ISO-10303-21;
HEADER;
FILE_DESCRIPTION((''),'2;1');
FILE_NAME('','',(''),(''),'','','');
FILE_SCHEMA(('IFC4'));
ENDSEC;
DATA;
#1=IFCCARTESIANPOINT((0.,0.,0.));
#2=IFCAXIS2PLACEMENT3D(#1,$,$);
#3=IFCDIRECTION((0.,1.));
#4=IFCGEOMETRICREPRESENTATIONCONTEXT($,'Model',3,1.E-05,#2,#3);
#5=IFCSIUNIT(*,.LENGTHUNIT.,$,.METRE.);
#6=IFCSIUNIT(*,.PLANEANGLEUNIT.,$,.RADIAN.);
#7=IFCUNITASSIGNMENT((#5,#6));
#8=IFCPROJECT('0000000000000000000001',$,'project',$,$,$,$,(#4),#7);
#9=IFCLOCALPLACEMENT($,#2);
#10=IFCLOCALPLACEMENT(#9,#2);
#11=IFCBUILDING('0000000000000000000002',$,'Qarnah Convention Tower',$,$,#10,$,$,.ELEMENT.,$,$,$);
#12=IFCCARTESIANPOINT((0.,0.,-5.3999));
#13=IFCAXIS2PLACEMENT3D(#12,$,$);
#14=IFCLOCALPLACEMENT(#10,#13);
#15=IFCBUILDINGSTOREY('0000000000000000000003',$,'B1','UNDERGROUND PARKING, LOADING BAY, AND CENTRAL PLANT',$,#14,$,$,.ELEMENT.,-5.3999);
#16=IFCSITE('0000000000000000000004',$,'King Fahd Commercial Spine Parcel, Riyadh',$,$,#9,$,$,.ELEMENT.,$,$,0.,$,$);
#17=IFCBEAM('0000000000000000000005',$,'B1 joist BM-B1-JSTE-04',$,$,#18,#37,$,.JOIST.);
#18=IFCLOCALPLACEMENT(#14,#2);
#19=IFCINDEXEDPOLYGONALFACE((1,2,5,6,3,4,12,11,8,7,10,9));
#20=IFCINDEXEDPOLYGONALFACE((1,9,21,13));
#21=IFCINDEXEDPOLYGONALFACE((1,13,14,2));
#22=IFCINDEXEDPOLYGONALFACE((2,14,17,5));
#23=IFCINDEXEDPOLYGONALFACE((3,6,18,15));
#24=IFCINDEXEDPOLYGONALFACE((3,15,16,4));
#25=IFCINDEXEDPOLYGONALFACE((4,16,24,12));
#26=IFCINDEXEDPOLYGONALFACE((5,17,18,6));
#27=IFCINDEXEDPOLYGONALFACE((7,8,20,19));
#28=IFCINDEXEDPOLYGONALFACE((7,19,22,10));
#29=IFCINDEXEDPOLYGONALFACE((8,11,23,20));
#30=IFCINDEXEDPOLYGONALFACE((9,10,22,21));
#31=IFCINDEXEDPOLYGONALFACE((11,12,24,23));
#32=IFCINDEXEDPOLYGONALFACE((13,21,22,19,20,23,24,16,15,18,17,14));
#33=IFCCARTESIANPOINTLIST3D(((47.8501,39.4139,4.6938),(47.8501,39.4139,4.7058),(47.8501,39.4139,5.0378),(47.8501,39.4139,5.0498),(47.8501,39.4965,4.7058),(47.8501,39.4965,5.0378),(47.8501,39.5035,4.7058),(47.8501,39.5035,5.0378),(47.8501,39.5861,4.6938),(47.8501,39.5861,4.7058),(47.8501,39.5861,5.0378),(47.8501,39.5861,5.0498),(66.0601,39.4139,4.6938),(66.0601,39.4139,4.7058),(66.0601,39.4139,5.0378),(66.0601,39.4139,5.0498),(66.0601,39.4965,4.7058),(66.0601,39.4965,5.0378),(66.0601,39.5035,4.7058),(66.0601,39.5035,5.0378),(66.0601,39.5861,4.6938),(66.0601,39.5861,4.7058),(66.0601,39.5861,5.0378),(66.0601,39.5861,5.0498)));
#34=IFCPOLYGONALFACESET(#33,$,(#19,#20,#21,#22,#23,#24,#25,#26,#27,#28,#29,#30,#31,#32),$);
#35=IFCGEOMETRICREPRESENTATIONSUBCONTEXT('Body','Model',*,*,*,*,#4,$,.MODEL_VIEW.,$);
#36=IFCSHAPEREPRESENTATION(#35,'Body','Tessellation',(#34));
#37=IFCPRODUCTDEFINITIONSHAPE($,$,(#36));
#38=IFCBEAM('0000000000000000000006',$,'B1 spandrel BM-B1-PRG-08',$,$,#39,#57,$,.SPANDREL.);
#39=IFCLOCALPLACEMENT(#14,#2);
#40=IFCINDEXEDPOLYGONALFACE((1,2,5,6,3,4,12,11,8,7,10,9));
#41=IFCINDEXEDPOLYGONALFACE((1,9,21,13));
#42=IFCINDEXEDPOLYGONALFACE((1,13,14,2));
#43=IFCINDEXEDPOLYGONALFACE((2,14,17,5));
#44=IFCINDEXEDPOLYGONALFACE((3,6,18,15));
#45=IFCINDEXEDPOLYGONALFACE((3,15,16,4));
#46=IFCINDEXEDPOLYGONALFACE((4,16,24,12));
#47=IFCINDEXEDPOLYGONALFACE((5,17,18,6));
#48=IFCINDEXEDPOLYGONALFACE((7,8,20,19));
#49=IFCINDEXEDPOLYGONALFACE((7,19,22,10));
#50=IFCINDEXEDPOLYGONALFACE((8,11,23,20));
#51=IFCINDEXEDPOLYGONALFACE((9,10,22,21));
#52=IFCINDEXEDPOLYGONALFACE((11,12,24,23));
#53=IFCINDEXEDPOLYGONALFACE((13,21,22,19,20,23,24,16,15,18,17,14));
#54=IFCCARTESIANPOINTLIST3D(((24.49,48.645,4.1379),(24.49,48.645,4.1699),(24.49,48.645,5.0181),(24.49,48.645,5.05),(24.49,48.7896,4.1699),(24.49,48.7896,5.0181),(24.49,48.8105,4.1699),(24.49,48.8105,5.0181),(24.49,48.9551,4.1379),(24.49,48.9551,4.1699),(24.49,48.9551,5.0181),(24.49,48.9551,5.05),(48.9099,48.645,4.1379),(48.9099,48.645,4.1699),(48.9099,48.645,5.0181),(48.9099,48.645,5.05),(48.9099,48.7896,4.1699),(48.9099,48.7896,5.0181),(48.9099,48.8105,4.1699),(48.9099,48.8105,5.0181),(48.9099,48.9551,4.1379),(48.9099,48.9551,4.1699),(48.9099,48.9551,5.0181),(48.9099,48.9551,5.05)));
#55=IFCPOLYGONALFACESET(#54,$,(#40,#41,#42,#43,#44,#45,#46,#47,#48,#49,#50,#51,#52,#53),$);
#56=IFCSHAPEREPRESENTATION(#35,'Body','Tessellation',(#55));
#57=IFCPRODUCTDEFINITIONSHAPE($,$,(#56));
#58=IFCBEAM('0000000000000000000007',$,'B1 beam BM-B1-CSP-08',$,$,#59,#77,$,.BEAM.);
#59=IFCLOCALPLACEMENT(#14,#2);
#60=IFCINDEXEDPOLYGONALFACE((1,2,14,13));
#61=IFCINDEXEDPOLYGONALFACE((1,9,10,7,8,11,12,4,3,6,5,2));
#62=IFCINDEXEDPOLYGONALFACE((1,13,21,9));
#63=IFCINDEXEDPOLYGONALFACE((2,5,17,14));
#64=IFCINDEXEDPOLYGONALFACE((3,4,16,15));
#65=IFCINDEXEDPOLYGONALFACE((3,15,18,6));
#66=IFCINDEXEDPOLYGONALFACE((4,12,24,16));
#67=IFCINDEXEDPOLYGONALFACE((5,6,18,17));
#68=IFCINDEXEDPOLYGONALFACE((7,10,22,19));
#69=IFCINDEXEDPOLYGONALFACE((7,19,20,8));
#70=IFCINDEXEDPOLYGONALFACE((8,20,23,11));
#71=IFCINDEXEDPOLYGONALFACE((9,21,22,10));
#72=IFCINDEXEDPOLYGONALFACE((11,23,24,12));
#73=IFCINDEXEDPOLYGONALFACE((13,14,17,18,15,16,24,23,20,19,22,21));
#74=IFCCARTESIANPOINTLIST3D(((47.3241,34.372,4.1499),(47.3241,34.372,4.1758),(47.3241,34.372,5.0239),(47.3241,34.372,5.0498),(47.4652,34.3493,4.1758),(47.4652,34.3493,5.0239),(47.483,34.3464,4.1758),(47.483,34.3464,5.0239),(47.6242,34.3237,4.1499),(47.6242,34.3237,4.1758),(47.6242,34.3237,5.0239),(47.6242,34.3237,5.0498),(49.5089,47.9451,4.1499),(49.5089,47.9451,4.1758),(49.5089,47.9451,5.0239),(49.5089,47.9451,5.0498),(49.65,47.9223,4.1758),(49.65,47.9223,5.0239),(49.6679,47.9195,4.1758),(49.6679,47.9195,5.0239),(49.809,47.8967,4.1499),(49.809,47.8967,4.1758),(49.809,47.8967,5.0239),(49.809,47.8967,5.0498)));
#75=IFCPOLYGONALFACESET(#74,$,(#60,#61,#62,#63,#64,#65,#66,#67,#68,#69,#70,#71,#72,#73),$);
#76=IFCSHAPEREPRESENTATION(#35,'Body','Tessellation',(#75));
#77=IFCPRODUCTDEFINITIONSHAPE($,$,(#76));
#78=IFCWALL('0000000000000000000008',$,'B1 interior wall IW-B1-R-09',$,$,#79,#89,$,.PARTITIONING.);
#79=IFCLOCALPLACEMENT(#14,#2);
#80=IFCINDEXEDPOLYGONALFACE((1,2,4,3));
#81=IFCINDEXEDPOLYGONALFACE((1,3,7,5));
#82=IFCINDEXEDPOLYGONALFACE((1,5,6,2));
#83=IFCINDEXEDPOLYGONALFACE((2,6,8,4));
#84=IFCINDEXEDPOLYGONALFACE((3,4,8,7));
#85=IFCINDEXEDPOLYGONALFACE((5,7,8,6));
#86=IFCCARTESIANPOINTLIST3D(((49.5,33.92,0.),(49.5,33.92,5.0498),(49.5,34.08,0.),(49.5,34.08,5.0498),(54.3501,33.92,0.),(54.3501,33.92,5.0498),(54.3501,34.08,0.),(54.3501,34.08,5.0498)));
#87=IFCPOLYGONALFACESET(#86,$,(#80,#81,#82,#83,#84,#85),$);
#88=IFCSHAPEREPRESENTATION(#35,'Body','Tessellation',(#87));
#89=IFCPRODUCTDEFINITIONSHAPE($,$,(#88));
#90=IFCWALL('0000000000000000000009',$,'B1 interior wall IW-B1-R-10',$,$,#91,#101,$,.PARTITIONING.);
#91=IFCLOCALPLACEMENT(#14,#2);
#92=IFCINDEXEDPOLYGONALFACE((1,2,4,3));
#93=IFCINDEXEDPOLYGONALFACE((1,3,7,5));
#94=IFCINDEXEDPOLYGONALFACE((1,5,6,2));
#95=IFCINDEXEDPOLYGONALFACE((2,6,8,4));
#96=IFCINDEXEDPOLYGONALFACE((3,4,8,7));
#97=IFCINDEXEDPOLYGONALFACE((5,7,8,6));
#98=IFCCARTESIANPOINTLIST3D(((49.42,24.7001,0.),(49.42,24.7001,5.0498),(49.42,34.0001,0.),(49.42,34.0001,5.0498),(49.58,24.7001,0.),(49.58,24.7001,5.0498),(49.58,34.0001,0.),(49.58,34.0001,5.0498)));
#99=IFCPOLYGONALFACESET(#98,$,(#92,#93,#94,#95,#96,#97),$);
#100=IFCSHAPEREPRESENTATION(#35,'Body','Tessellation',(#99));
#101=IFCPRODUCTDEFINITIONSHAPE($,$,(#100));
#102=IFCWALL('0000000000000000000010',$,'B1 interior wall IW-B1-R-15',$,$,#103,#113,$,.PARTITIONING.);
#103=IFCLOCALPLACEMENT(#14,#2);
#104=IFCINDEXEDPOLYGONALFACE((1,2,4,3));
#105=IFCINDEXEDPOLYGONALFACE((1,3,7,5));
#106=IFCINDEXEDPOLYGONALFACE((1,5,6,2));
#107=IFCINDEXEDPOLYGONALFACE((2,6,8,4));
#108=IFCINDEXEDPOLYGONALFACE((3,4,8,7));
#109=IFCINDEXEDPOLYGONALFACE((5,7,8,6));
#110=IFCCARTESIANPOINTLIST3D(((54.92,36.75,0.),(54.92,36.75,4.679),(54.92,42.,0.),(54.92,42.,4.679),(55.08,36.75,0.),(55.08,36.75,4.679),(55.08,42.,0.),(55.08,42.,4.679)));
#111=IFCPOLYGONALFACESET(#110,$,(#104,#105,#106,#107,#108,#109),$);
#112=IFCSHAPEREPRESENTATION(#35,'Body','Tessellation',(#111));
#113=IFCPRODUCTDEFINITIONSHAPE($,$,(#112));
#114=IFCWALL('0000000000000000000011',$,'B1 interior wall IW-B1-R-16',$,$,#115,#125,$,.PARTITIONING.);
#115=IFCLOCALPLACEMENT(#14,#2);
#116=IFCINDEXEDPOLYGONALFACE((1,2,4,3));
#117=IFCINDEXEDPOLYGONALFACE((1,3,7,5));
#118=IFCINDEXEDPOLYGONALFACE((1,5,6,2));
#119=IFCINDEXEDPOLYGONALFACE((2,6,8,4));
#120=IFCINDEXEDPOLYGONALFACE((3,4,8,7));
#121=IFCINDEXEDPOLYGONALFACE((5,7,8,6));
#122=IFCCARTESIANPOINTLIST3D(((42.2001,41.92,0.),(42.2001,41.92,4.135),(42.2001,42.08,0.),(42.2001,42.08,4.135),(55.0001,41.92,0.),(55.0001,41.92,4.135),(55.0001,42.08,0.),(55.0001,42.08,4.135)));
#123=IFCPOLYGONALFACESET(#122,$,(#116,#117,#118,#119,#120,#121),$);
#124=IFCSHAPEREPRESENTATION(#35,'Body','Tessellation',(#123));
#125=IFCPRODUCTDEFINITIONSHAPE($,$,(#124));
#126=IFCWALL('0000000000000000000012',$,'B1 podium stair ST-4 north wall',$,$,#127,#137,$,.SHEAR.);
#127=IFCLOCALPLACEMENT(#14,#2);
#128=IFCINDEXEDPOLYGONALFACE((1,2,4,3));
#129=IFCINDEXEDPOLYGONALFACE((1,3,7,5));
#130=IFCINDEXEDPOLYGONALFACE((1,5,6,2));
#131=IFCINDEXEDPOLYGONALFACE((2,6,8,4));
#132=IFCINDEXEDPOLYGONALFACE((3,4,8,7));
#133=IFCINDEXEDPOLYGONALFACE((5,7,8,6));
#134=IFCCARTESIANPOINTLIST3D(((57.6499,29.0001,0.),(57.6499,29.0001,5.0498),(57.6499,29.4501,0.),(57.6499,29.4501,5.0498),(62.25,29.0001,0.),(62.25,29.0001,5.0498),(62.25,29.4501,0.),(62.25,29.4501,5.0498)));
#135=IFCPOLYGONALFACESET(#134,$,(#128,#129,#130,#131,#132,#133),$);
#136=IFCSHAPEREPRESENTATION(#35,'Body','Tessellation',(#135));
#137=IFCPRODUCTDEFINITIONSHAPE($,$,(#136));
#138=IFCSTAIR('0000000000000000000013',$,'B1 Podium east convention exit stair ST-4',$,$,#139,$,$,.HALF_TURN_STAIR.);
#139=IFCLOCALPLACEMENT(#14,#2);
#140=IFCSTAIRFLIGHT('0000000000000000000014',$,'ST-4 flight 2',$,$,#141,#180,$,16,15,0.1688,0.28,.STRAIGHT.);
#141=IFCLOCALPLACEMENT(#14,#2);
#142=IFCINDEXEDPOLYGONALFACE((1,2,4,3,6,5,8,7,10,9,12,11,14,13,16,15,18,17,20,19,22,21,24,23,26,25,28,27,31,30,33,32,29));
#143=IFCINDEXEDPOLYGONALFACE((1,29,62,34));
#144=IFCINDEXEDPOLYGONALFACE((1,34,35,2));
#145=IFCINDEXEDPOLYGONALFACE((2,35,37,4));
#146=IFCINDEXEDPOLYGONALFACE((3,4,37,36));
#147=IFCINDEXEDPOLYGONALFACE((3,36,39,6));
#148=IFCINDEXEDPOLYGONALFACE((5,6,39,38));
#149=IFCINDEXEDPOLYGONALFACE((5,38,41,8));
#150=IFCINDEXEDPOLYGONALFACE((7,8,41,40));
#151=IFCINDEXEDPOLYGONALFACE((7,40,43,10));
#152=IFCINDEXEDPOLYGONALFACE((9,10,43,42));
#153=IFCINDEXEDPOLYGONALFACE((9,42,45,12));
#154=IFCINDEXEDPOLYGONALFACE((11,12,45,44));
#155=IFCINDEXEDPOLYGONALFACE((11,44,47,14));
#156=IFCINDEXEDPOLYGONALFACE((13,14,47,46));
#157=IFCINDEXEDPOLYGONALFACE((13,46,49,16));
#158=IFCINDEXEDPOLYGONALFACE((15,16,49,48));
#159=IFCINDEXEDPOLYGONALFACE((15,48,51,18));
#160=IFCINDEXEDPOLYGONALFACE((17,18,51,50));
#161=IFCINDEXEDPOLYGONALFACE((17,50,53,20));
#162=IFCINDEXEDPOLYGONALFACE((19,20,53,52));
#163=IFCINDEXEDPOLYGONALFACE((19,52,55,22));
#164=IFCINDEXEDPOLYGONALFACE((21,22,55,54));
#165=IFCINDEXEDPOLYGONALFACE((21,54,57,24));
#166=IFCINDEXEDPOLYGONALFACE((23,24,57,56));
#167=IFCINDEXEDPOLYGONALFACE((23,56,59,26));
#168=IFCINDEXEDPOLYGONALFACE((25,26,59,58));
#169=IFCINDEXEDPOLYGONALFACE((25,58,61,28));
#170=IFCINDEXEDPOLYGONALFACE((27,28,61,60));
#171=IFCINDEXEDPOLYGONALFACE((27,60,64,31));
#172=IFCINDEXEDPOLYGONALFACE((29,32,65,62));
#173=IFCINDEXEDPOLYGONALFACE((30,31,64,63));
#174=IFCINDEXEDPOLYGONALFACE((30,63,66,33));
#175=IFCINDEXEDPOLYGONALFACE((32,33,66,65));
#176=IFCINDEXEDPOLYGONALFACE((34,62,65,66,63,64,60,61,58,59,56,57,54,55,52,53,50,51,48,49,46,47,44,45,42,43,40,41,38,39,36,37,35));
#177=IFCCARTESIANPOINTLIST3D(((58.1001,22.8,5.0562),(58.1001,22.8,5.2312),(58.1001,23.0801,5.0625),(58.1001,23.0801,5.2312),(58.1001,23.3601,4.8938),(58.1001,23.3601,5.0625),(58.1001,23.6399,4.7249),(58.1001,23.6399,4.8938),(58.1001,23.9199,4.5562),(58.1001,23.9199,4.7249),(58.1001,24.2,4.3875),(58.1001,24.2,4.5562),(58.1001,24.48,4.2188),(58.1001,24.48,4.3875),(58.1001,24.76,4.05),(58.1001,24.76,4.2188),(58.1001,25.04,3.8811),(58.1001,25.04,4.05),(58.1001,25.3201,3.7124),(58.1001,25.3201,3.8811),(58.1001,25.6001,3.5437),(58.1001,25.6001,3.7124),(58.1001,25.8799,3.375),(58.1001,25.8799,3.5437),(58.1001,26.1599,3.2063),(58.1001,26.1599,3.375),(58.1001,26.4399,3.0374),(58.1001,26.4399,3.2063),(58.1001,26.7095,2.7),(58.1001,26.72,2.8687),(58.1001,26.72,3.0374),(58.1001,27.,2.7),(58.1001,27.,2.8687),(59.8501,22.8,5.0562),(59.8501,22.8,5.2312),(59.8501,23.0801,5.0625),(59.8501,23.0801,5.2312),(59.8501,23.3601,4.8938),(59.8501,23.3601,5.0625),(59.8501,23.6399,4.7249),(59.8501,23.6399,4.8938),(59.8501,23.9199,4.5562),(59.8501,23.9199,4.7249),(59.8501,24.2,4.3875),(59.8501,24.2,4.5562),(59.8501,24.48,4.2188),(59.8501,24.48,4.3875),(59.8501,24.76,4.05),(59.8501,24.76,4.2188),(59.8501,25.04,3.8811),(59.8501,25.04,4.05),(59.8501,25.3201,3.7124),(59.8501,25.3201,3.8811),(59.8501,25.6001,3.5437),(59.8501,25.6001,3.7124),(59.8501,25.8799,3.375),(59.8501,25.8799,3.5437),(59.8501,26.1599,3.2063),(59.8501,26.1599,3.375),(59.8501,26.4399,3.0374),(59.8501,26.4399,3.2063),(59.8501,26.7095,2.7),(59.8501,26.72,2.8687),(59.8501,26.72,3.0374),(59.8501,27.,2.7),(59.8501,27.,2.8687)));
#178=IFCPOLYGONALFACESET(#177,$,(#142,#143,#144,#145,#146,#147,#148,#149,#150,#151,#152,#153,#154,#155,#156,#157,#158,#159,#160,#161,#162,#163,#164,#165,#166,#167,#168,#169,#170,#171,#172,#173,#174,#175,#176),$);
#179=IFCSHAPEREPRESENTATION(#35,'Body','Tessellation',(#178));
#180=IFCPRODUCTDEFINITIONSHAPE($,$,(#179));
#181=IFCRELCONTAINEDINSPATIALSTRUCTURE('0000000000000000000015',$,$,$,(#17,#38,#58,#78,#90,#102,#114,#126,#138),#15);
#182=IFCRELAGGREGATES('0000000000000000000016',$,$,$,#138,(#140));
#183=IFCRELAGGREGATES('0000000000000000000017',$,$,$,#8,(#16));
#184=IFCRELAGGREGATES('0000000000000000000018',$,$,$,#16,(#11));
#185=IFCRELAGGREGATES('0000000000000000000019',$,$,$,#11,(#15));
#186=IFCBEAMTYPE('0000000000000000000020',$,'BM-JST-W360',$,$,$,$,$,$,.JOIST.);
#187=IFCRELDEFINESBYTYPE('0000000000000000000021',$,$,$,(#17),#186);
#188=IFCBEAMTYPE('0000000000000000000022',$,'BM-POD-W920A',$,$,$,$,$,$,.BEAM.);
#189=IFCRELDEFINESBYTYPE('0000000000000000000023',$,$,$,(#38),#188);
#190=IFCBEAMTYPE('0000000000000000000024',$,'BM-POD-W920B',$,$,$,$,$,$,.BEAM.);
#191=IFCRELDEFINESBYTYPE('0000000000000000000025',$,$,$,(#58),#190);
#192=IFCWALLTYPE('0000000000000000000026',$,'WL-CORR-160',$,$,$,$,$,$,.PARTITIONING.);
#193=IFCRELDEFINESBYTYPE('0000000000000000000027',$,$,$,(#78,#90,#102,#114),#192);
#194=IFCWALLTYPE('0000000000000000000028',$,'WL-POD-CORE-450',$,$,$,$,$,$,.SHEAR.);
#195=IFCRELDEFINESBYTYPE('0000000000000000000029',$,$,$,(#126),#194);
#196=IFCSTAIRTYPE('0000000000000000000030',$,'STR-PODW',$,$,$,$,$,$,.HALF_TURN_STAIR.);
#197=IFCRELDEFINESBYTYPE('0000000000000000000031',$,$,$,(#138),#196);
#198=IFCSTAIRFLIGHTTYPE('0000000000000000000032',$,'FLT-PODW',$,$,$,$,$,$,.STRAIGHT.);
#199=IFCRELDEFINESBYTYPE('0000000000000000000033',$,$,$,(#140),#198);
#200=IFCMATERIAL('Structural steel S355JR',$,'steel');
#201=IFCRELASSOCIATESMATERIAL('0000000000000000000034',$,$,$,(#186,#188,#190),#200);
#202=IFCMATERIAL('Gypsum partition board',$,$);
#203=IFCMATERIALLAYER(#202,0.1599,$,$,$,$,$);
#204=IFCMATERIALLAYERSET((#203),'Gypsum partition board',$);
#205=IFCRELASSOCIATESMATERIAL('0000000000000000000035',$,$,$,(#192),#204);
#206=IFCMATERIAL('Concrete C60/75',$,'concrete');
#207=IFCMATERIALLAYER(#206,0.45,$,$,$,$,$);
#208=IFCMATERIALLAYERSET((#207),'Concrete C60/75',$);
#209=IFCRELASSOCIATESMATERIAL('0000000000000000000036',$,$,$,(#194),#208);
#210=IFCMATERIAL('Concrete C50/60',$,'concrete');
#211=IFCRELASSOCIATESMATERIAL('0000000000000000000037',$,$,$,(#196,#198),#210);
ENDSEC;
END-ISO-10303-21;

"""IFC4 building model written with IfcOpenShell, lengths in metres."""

from ifc_helpers import new_model, si_unit, direction, frame, frame_2d, origin, origin_2d, place, context, subcontext, project, spatial, polyline, rectangle, i_section, outline, extrude, material, layer, layer_set, material_profile, profile_set, type_object, element, aggregate, save


model = new_model("IFC4")

# Units and contexts
model_context = context("Model", 3, precision=1e-05, world=origin(), true_north=direction((0.0, 1.0)))
body_context = subcontext(model_context, "Body", "Model", "MODEL_VIEW")
ifc_project = project(units=[si_unit("LENGTHUNIT", "METRE"), si_unit("PLANEANGLEUNIT", "RADIAN")], contexts=[model_context])

# Site, building, storey
site_placement = place(None, origin())
site = spatial("IfcSite", under=ifc_project, at=site_placement, Name="King Fahd Commercial Spine Parcel, Riyadh", CompositionType="ELEMENT", RefElevation=0.0)
building_placement = place(site_placement, origin())
building = spatial("IfcBuilding", under=site, at=building_placement, Name="Qarnah Convention Tower", CompositionType="ELEMENT")
storey_placement = place(building_placement, frame((0.0, 0.0, -5.3999)))
storey = spatial("IfcBuildingStorey", under=building, at=storey_placement, Name="B1", Description="UNDERGROUND PARKING, LOADING BAY, AND CENTRAL PLANT", CompositionType="ELEMENT", Elevation=-5.3999)

# Shared definitions
ifc_material_1 = material(Name="Concrete C50/60", Category="concrete")

# Shared definitions
ifc_material_2 = material(Name="Concrete C60/75", Category="concrete")

# Beams
ifc_material_3 = material(Name="Structural steel S355JR", Category="steel")
ifc_material_profile_1 = material_profile(ifc_material_3, i_section(OverallWidth=0.1721, OverallDepth=0.356, WebThickness=0.0071, FlangeThickness=0.012, at=origin_2d()), Name="W360X51")
ifc_profile_set_1 = profile_set([ifc_material_profile_1], Name="Structural steel S355JR")
beam_type_1 = type_object("IfcBeamType", Name="BM-JST-W360", PredefinedType="JOIST", material=ifc_profile_set_1)
beam_1_placement = place(storey_placement, frame((47.8501, 39.5, 4.8718), z_axis=(1.0, 0.0, 0.0), x_axis=(0.0, 1.0, 0.0)))
element("IfcBeam", 1, at=beam_1_placement, inside=storey, type_object=beam_type_1, Name="B1 joist BM-B1-JSTE-04", PredefinedType="JOIST", context=body_context, shape_type="SweptSolid", body=[
    extrude(i_section(OverallWidth=0.1721, OverallDepth=0.356, WebThickness=0.0071, FlangeThickness=0.012, at=origin_2d()), origin(), (0.0, 0.0, 1.0), 18.21),
])
ifc_material_profile_2 = material_profile(ifc_material_3, i_section(OverallWidth=0.3101, OverallDepth=0.9121, WebThickness=0.021, FlangeThickness=0.032, at=origin_2d()), Name="W920X342")
ifc_profile_set_2 = profile_set([ifc_material_profile_2], Name="Structural steel S355JR")
beam_type_2 = type_object("IfcBeamType", Name="BM-POD-W920A", PredefinedType="BEAM", material=ifc_profile_set_2)
beam_2_placement = place(storey_placement, frame((48.9099, 48.8, 4.594), z_axis=(-1.0, 0.0, 0.0), x_axis=(0.0, -1.0, 0.0)))
element("IfcBeam", 2, at=beam_2_placement, inside=storey, type_object=beam_type_2, Name="B1 spandrel BM-B1-PRG-08", PredefinedType="SPANDREL", context=body_context, shape_type="SweptSolid", body=[
    extrude(i_section(OverallWidth=0.3101, OverallDepth=0.9121, WebThickness=0.021, FlangeThickness=0.032, at=origin_2d()), origin(), (0.0, 0.0, 1.0), 24.4199),
])
ifc_material_profile_3 = material_profile(ifc_material_3, i_section(OverallWidth=0.304, OverallDepth=0.8999, WebThickness=0.0181, FlangeThickness=0.0259, at=origin_2d()), Name="W920X271")
ifc_profile_set_3 = profile_set([ifc_material_profile_3], Name="Structural steel S355JR")
beam_type_3 = type_object("IfcBeamType", Name="BM-POD-W920B", PredefinedType="BEAM", material=ifc_profile_set_3)
beam_3_placement = place(storey_placement, frame((49.6589, 47.9209, 4.5999), z_axis=(-0.158922, -0.987291, 0.0), x_axis=(0.987291, -0.158922, 0.0)))
element("IfcBeam", 3, at=beam_3_placement, inside=storey, type_object=beam_type_3, Name="B1 beam BM-B1-CSP-08", PredefinedType="BEAM", context=body_context, shape_type="SweptSolid", body=[
    extrude(i_section(OverallWidth=0.304, OverallDepth=0.8999, WebThickness=0.0181, FlangeThickness=0.0259, at=origin_2d()), origin(), (0.0, 0.0, 1.0), 13.7478),
])

# Walls
ifc_material_4 = material(Name="Gypsum partition board")
ifc_layer_1 = layer(ifc_material_4, 0.1599)
ifc_layer_set_1 = layer_set([ifc_layer_1], Name="Gypsum partition board")
wall_type_1 = type_object("IfcWallType", Name="WL-CORR-160", PredefinedType="PARTITIONING", material=ifc_layer_set_1)
wall_1_placement = place(storey_placement, frame((54.3501, 34.0, 0.0), z_axis=(0.0, 0.0, 1.0), x_axis=(-1.0, 0.0, 0.0)))
element("IfcWall", 4, at=wall_1_placement, inside=storey, type_object=wall_type_1, Name="B1 interior wall IW-B1-R-09", PredefinedType="PARTITIONING", context=body_context, shape_type="SweptSolid", body=[
    extrude(rectangle(XDim=4.8501, YDim=0.1599, at=frame_2d((2.425, 0.0))), origin(), (0.0, 0.0, 1.0), 5.0498),
])
wall_2_placement = place(storey_placement, frame((49.5, 34.0, 0.0), z_axis=(0.0, 0.0, 1.0), x_axis=(0.0, -1.0, 0.0)))
element("IfcWall", 5, at=wall_2_placement, inside=storey, type_object=wall_type_1, Name="B1 interior wall IW-B1-R-10", PredefinedType="PARTITIONING", context=body_context, shape_type="SweptSolid", body=[
    extrude(rectangle(XDim=9.3, YDim=0.1599, at=frame_2d((4.6499, 0.0))), origin(), (0.0, 0.0, 1.0), 5.0498),
])
wall_3_placement = place(storey_placement, frame((55.0, 36.75, 0.0), z_axis=(0.0, 0.0, 1.0), x_axis=(0.0, 1.0, 0.0)))
element("IfcWall", 6, at=wall_3_placement, inside=storey, type_object=wall_type_1, Name="B1 interior wall IW-B1-R-15", PredefinedType="PARTITIONING", context=body_context, shape_type="SweptSolid", body=[
    extrude(rectangle(XDim=5.25, YDim=0.1599, at=frame_2d((2.625, 0.0))), origin(), (0.0, 0.0, 1.0), 4.679),
])
wall_4_placement = place(storey_placement, frame((55.0, 42.0, 0.0), z_axis=(0.0, 0.0, 1.0), x_axis=(-1.0, 0.0, 0.0)))
element("IfcWall", 7, at=wall_4_placement, inside=storey, type_object=wall_type_1, Name="B1 interior wall IW-B1-R-16", PredefinedType="PARTITIONING", context=body_context, shape_type="SweptSolid", body=[
    extrude(rectangle(XDim=12.8, YDim=0.1599, at=frame_2d((6.3999, 0.0))), origin(), (0.0, 0.0, 1.0), 4.135),
])
ifc_layer_2 = layer(ifc_material_2, 0.45)
ifc_layer_set_2 = layer_set([ifc_layer_2], Name="Concrete C60/75")
wall_type_2 = type_object("IfcWallType", Name="WL-POD-CORE-450", PredefinedType="SHEAR", material=ifc_layer_set_2)
wall_5_placement = place(storey_placement, frame((57.6499, 29.2251, 0.0), z_axis=(0.0, 0.0, 1.0), x_axis=(1.0, 0.0, 0.0)))
element("IfcWall", 8, at=wall_5_placement, inside=storey, type_object=wall_type_2, Name="B1 podium stair ST-4 north wall", PredefinedType="SHEAR", context=body_context, shape_type="SweptSolid", body=[
    extrude(rectangle(XDim=4.6001, YDim=0.45, at=frame_2d((2.3, 0.0))), origin(), (0.0, 0.0, 1.0), 5.0498),
])

# Stair, stair flight
stair_type = type_object("IfcStairType", Name="STR-PODW", PredefinedType="HALF_TURN_STAIR", material=ifc_material_1)
stair_placement = place(storey_placement, origin())
stair = element("IfcStair", 9, at=stair_placement, inside=storey, type_object=stair_type, Name="B1 Podium east convention exit stair ST-4", PredefinedType="HALF_TURN_STAIR")
stair_flight_type = type_object("IfcStairFlightType", Name="FLT-PODW", PredefinedType="STRAIGHT", material=ifc_material_1)
stair_flight_placement = place(storey_placement, frame((58.9751, 27.0, 2.7), z_axis=(0.0, 0.0, 1.0), x_axis=(0.0, -1.0, 0.0)))
stair_flight = element("IfcStairFlight", 10, at=stair_flight_placement, type_object=stair_flight_type, Name="ST-4 flight 2", NumberOfRisers=16, NumberOfTreads=15, PredefinedType="STRAIGHT", RiserHeight=0.1688, TreadLength=0.28, context=body_context, shape_type="SweptSolid", body=[
    extrude(outline(polyline([(0.0, 0.0), (0.0, 0.1687), (0.28, 0.1687), (0.28, 0.3374), (0.5601, 0.3374), (0.5601, 0.5063), (0.8401, 0.5063), (0.8401, 0.675), (1.1201, 0.675), (1.1201, 0.8438), (1.3999, 0.8438), (1.3999, 1.0125), (1.6799, 1.0125), (1.6799, 1.1812), (1.96, 1.1812), (1.96, 1.3501), (2.24, 1.3501), (2.24, 1.5188), (2.52, 1.5188), (2.52, 1.6875), (2.8, 1.6875), (2.8, 1.8562), (3.0801, 1.8562), (3.0801, 2.0249), (3.3601, 2.0249), (3.3601, 2.1938), (3.6399, 2.1938), (3.6399, 2.3625), (3.9199, 2.3625), (3.9199, 2.5312), (4.2, 2.5312), (4.2, 2.7), (4.2, 2.3562), (0.2905, 0.0), (0.0, 0.0)])), frame((0.0, 0.875, 0.0), z_axis=(0.0, -1.0, 0.0), x_axis=(1.0, 0.0, 0.0)), (0.0, 0.0, 1.0), 1.75),
])
aggregate(stair, [stair_flight])

save(model, "model.ifc")
